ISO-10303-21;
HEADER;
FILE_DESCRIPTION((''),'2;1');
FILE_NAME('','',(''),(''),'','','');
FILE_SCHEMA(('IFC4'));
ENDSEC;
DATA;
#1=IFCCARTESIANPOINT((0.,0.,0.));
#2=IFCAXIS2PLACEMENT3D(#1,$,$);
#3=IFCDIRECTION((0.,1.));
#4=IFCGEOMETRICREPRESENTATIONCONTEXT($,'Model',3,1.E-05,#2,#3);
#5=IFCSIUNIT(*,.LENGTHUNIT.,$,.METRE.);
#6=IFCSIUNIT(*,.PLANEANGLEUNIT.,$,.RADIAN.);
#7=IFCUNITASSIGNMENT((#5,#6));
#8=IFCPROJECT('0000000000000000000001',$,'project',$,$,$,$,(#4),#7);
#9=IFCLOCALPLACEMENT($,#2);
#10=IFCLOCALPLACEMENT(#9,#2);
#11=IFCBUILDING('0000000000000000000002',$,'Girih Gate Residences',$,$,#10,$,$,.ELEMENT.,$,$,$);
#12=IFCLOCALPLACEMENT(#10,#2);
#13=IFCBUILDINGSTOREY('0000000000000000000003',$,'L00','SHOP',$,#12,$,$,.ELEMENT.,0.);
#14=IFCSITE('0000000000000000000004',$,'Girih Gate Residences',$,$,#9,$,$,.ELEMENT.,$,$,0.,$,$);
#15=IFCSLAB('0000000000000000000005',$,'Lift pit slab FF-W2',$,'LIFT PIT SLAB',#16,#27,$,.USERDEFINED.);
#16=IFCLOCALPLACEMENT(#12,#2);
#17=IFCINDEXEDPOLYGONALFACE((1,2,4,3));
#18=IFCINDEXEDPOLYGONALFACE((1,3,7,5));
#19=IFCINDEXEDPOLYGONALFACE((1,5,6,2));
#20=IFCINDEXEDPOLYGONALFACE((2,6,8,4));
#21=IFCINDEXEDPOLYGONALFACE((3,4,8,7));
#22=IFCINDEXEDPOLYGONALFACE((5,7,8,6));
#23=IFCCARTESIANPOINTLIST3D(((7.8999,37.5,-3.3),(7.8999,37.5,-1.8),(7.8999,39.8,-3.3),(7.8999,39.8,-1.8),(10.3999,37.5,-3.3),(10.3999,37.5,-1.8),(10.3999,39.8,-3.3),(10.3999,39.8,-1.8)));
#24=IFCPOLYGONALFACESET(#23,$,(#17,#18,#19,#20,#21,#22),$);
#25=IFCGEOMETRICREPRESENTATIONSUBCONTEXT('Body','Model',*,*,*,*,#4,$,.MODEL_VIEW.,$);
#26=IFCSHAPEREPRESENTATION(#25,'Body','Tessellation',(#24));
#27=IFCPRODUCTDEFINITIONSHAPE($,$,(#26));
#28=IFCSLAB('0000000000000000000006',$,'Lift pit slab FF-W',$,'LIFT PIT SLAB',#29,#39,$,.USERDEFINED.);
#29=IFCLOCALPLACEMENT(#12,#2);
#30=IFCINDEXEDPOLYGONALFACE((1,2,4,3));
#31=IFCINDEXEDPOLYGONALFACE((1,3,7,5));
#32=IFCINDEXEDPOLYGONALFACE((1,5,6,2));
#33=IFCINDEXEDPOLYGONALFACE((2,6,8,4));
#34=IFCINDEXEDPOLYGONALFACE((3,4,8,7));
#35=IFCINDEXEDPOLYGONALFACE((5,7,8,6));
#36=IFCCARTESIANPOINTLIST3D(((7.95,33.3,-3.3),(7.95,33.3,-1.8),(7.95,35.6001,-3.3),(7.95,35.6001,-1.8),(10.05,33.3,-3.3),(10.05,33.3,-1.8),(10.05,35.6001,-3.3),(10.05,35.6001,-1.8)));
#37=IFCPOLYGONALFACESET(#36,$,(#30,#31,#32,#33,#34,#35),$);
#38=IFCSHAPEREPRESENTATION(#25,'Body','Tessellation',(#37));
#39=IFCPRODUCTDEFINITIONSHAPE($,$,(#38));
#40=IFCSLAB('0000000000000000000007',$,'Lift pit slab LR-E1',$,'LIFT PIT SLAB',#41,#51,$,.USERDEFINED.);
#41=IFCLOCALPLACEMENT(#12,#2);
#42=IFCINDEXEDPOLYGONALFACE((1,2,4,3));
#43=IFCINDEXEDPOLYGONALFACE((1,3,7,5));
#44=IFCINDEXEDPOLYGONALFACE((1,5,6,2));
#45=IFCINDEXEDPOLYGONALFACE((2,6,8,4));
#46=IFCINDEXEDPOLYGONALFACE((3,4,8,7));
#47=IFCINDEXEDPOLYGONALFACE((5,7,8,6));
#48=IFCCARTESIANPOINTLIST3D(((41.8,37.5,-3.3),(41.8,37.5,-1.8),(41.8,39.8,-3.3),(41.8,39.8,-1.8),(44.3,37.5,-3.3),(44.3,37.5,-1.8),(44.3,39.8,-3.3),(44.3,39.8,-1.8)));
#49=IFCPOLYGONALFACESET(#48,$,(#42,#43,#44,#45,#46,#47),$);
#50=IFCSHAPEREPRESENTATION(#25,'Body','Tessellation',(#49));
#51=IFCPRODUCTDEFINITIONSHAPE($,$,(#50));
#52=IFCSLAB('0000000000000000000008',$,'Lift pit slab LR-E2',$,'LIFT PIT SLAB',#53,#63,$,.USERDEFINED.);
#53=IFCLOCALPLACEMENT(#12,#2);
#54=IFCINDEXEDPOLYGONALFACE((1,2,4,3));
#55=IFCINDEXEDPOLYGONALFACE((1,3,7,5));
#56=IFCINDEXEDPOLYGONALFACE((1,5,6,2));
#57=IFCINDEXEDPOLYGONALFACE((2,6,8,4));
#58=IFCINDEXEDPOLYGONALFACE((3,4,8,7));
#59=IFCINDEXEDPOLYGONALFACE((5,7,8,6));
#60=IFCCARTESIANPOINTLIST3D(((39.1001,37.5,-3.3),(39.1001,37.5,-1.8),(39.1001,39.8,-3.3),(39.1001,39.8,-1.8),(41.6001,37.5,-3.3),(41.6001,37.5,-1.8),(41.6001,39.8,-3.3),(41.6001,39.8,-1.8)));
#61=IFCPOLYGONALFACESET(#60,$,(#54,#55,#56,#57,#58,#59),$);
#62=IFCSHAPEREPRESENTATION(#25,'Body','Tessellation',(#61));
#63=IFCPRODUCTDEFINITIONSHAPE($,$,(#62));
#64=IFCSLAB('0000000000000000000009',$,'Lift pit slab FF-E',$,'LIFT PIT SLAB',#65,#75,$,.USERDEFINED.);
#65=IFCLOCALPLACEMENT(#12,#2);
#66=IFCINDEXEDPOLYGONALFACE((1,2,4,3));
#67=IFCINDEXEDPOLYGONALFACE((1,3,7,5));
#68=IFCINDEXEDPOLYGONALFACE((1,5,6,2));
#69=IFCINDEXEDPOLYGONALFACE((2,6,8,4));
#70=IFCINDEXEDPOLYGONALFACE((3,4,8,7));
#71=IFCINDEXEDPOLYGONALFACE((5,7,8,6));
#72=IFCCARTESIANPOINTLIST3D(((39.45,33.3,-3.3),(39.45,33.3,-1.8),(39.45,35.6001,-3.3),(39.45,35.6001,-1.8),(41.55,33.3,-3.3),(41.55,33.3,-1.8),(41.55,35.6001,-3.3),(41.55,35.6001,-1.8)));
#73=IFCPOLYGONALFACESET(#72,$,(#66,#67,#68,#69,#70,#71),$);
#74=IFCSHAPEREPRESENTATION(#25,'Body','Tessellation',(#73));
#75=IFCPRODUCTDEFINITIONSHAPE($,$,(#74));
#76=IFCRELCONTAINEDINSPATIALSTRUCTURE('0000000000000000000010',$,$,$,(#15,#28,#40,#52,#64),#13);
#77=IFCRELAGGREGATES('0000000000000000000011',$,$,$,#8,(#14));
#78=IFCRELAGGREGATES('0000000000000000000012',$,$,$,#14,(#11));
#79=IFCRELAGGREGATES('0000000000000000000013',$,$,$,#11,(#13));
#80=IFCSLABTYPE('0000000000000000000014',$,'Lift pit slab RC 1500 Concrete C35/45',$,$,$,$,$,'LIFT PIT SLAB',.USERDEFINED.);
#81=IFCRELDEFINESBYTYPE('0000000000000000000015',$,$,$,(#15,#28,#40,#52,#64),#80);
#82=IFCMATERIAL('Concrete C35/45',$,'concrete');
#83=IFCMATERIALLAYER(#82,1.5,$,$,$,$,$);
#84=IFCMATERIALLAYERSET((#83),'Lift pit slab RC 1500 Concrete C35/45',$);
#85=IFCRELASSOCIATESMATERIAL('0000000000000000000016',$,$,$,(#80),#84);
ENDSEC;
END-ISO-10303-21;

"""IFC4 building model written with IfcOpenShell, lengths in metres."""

from ifc_helpers import new_model, si_unit, direction, frame, origin, place, context, subcontext, project, spatial, polyline, outline, extrude, material, layer, layer_set, type_object, element, save


model = new_model("IFC4")

# Units and contexts
model_context = context("Model", 3, precision=1e-05, world=origin(), true_north=direction((0.0, 1.0)))
body_context = subcontext(model_context, "Body", "Model", "MODEL_VIEW")
ifc_project = project(units=[si_unit("LENGTHUNIT", "METRE"), si_unit("PLANEANGLEUNIT", "RADIAN")], contexts=[model_context])

# Site, building, storey
site_placement = place(None, origin())
site = spatial("IfcSite", under=ifc_project, at=site_placement, Name="Girih Gate Residences", CompositionType="ELEMENT", RefElevation=0.0)
building_placement = place(site_placement, origin())
building = spatial("IfcBuilding", under=site, at=building_placement, Name="Girih Gate Residences", CompositionType="ELEMENT")
storey_placement = place(building_placement, origin())
storey = spatial("IfcBuildingStorey", under=building, at=storey_placement, Name="L00", Description="SHOP", CompositionType="ELEMENT", Elevation=0.0)

# Shared definitions
ifc_material_1 = material(Name="Concrete C35/45", Category="concrete")

# Slabs
ifc_layer_1 = layer(ifc_material_1, 1.5)
ifc_layer_set_1 = layer_set([ifc_layer_1], Name="Lift pit slab RC 1500 Concrete C35/45")
slab_type_1 = type_object("IfcSlabType", Name="Lift pit slab RC 1500 Concrete C35/45", ElementType="LIFT PIT SLAB", PredefinedType="USERDEFINED", material=ifc_layer_set_1)
slab_1_placement = place(storey_placement, frame((0.0, 0.0, -3.3)))
element("IfcSlab", 1, at=slab_1_placement, inside=storey, type_object=slab_type_1, Name="Lift pit slab FF-W2", ObjectType="LIFT PIT SLAB", PredefinedType="USERDEFINED", context=body_context, shape_type="SweptSolid", body=[
    extrude(outline(polyline([(7.8999, 37.5), (10.3999, 37.5), (10.3999, 39.8), (7.8999, 39.8), (7.8999, 37.5)])), origin(), (0.0, 0.0, 1.0), 1.5),
])
slab_2_placement = place(storey_placement, frame((0.0, 0.0, -3.3)))
element("IfcSlab", 2, at=slab_2_placement, inside=storey, type_object=slab_type_1, Name="Lift pit slab FF-W", ObjectType="LIFT PIT SLAB", PredefinedType="USERDEFINED", context=body_context, shape_type="SweptSolid", body=[
    extrude(outline(polyline([(7.95, 33.3), (10.05, 33.3), (10.05, 35.6001), (7.95, 35.6001), (7.95, 33.3)])), origin(), (0.0, 0.0, 1.0), 1.5),
])
slab_3_placement = place(storey_placement, frame((0.0, 0.0, -3.3)))
element("IfcSlab", 3, at=slab_3_placement, inside=storey, type_object=slab_type_1, Name="Lift pit slab LR-E1", ObjectType="LIFT PIT SLAB", PredefinedType="USERDEFINED", context=body_context, shape_type="SweptSolid", body=[
    extrude(outline(polyline([(41.8, 37.5), (44.3, 37.5), (44.3, 39.8), (41.8, 39.8), (41.8, 37.5)])), origin(), (0.0, 0.0, 1.0), 1.5),
])
slab_4_placement = place(storey_placement, frame((0.0, 0.0, -3.3)))
element("IfcSlab", 4, at=slab_4_placement, inside=storey, type_object=slab_type_1, Name="Lift pit slab LR-E2", ObjectType="LIFT PIT SLAB", PredefinedType="USERDEFINED", context=body_context, shape_type="SweptSolid", body=[
    extrude(outline(polyline([(39.1001, 37.5), (41.6001, 37.5), (41.6001, 39.8), (39.1001, 39.8), (39.1001, 37.5)])), origin(), (0.0, 0.0, 1.0), 1.5),
])
slab_5_placement = place(storey_placement, frame((0.0, 0.0, -3.3)))
element("IfcSlab", 5, at=slab_5_placement, inside=storey, type_object=slab_type_1, Name="Lift pit slab FF-E", ObjectType="LIFT PIT SLAB", PredefinedType="USERDEFINED", context=body_context, shape_type="SweptSolid", body=[
    extrude(outline(polyline([(39.45, 33.3), (41.55, 33.3), (41.55, 35.6001), (39.45, 35.6001), (39.45, 33.3)])), origin(), (0.0, 0.0, 1.0), 1.5),
])

save(model, "model.ifc")
